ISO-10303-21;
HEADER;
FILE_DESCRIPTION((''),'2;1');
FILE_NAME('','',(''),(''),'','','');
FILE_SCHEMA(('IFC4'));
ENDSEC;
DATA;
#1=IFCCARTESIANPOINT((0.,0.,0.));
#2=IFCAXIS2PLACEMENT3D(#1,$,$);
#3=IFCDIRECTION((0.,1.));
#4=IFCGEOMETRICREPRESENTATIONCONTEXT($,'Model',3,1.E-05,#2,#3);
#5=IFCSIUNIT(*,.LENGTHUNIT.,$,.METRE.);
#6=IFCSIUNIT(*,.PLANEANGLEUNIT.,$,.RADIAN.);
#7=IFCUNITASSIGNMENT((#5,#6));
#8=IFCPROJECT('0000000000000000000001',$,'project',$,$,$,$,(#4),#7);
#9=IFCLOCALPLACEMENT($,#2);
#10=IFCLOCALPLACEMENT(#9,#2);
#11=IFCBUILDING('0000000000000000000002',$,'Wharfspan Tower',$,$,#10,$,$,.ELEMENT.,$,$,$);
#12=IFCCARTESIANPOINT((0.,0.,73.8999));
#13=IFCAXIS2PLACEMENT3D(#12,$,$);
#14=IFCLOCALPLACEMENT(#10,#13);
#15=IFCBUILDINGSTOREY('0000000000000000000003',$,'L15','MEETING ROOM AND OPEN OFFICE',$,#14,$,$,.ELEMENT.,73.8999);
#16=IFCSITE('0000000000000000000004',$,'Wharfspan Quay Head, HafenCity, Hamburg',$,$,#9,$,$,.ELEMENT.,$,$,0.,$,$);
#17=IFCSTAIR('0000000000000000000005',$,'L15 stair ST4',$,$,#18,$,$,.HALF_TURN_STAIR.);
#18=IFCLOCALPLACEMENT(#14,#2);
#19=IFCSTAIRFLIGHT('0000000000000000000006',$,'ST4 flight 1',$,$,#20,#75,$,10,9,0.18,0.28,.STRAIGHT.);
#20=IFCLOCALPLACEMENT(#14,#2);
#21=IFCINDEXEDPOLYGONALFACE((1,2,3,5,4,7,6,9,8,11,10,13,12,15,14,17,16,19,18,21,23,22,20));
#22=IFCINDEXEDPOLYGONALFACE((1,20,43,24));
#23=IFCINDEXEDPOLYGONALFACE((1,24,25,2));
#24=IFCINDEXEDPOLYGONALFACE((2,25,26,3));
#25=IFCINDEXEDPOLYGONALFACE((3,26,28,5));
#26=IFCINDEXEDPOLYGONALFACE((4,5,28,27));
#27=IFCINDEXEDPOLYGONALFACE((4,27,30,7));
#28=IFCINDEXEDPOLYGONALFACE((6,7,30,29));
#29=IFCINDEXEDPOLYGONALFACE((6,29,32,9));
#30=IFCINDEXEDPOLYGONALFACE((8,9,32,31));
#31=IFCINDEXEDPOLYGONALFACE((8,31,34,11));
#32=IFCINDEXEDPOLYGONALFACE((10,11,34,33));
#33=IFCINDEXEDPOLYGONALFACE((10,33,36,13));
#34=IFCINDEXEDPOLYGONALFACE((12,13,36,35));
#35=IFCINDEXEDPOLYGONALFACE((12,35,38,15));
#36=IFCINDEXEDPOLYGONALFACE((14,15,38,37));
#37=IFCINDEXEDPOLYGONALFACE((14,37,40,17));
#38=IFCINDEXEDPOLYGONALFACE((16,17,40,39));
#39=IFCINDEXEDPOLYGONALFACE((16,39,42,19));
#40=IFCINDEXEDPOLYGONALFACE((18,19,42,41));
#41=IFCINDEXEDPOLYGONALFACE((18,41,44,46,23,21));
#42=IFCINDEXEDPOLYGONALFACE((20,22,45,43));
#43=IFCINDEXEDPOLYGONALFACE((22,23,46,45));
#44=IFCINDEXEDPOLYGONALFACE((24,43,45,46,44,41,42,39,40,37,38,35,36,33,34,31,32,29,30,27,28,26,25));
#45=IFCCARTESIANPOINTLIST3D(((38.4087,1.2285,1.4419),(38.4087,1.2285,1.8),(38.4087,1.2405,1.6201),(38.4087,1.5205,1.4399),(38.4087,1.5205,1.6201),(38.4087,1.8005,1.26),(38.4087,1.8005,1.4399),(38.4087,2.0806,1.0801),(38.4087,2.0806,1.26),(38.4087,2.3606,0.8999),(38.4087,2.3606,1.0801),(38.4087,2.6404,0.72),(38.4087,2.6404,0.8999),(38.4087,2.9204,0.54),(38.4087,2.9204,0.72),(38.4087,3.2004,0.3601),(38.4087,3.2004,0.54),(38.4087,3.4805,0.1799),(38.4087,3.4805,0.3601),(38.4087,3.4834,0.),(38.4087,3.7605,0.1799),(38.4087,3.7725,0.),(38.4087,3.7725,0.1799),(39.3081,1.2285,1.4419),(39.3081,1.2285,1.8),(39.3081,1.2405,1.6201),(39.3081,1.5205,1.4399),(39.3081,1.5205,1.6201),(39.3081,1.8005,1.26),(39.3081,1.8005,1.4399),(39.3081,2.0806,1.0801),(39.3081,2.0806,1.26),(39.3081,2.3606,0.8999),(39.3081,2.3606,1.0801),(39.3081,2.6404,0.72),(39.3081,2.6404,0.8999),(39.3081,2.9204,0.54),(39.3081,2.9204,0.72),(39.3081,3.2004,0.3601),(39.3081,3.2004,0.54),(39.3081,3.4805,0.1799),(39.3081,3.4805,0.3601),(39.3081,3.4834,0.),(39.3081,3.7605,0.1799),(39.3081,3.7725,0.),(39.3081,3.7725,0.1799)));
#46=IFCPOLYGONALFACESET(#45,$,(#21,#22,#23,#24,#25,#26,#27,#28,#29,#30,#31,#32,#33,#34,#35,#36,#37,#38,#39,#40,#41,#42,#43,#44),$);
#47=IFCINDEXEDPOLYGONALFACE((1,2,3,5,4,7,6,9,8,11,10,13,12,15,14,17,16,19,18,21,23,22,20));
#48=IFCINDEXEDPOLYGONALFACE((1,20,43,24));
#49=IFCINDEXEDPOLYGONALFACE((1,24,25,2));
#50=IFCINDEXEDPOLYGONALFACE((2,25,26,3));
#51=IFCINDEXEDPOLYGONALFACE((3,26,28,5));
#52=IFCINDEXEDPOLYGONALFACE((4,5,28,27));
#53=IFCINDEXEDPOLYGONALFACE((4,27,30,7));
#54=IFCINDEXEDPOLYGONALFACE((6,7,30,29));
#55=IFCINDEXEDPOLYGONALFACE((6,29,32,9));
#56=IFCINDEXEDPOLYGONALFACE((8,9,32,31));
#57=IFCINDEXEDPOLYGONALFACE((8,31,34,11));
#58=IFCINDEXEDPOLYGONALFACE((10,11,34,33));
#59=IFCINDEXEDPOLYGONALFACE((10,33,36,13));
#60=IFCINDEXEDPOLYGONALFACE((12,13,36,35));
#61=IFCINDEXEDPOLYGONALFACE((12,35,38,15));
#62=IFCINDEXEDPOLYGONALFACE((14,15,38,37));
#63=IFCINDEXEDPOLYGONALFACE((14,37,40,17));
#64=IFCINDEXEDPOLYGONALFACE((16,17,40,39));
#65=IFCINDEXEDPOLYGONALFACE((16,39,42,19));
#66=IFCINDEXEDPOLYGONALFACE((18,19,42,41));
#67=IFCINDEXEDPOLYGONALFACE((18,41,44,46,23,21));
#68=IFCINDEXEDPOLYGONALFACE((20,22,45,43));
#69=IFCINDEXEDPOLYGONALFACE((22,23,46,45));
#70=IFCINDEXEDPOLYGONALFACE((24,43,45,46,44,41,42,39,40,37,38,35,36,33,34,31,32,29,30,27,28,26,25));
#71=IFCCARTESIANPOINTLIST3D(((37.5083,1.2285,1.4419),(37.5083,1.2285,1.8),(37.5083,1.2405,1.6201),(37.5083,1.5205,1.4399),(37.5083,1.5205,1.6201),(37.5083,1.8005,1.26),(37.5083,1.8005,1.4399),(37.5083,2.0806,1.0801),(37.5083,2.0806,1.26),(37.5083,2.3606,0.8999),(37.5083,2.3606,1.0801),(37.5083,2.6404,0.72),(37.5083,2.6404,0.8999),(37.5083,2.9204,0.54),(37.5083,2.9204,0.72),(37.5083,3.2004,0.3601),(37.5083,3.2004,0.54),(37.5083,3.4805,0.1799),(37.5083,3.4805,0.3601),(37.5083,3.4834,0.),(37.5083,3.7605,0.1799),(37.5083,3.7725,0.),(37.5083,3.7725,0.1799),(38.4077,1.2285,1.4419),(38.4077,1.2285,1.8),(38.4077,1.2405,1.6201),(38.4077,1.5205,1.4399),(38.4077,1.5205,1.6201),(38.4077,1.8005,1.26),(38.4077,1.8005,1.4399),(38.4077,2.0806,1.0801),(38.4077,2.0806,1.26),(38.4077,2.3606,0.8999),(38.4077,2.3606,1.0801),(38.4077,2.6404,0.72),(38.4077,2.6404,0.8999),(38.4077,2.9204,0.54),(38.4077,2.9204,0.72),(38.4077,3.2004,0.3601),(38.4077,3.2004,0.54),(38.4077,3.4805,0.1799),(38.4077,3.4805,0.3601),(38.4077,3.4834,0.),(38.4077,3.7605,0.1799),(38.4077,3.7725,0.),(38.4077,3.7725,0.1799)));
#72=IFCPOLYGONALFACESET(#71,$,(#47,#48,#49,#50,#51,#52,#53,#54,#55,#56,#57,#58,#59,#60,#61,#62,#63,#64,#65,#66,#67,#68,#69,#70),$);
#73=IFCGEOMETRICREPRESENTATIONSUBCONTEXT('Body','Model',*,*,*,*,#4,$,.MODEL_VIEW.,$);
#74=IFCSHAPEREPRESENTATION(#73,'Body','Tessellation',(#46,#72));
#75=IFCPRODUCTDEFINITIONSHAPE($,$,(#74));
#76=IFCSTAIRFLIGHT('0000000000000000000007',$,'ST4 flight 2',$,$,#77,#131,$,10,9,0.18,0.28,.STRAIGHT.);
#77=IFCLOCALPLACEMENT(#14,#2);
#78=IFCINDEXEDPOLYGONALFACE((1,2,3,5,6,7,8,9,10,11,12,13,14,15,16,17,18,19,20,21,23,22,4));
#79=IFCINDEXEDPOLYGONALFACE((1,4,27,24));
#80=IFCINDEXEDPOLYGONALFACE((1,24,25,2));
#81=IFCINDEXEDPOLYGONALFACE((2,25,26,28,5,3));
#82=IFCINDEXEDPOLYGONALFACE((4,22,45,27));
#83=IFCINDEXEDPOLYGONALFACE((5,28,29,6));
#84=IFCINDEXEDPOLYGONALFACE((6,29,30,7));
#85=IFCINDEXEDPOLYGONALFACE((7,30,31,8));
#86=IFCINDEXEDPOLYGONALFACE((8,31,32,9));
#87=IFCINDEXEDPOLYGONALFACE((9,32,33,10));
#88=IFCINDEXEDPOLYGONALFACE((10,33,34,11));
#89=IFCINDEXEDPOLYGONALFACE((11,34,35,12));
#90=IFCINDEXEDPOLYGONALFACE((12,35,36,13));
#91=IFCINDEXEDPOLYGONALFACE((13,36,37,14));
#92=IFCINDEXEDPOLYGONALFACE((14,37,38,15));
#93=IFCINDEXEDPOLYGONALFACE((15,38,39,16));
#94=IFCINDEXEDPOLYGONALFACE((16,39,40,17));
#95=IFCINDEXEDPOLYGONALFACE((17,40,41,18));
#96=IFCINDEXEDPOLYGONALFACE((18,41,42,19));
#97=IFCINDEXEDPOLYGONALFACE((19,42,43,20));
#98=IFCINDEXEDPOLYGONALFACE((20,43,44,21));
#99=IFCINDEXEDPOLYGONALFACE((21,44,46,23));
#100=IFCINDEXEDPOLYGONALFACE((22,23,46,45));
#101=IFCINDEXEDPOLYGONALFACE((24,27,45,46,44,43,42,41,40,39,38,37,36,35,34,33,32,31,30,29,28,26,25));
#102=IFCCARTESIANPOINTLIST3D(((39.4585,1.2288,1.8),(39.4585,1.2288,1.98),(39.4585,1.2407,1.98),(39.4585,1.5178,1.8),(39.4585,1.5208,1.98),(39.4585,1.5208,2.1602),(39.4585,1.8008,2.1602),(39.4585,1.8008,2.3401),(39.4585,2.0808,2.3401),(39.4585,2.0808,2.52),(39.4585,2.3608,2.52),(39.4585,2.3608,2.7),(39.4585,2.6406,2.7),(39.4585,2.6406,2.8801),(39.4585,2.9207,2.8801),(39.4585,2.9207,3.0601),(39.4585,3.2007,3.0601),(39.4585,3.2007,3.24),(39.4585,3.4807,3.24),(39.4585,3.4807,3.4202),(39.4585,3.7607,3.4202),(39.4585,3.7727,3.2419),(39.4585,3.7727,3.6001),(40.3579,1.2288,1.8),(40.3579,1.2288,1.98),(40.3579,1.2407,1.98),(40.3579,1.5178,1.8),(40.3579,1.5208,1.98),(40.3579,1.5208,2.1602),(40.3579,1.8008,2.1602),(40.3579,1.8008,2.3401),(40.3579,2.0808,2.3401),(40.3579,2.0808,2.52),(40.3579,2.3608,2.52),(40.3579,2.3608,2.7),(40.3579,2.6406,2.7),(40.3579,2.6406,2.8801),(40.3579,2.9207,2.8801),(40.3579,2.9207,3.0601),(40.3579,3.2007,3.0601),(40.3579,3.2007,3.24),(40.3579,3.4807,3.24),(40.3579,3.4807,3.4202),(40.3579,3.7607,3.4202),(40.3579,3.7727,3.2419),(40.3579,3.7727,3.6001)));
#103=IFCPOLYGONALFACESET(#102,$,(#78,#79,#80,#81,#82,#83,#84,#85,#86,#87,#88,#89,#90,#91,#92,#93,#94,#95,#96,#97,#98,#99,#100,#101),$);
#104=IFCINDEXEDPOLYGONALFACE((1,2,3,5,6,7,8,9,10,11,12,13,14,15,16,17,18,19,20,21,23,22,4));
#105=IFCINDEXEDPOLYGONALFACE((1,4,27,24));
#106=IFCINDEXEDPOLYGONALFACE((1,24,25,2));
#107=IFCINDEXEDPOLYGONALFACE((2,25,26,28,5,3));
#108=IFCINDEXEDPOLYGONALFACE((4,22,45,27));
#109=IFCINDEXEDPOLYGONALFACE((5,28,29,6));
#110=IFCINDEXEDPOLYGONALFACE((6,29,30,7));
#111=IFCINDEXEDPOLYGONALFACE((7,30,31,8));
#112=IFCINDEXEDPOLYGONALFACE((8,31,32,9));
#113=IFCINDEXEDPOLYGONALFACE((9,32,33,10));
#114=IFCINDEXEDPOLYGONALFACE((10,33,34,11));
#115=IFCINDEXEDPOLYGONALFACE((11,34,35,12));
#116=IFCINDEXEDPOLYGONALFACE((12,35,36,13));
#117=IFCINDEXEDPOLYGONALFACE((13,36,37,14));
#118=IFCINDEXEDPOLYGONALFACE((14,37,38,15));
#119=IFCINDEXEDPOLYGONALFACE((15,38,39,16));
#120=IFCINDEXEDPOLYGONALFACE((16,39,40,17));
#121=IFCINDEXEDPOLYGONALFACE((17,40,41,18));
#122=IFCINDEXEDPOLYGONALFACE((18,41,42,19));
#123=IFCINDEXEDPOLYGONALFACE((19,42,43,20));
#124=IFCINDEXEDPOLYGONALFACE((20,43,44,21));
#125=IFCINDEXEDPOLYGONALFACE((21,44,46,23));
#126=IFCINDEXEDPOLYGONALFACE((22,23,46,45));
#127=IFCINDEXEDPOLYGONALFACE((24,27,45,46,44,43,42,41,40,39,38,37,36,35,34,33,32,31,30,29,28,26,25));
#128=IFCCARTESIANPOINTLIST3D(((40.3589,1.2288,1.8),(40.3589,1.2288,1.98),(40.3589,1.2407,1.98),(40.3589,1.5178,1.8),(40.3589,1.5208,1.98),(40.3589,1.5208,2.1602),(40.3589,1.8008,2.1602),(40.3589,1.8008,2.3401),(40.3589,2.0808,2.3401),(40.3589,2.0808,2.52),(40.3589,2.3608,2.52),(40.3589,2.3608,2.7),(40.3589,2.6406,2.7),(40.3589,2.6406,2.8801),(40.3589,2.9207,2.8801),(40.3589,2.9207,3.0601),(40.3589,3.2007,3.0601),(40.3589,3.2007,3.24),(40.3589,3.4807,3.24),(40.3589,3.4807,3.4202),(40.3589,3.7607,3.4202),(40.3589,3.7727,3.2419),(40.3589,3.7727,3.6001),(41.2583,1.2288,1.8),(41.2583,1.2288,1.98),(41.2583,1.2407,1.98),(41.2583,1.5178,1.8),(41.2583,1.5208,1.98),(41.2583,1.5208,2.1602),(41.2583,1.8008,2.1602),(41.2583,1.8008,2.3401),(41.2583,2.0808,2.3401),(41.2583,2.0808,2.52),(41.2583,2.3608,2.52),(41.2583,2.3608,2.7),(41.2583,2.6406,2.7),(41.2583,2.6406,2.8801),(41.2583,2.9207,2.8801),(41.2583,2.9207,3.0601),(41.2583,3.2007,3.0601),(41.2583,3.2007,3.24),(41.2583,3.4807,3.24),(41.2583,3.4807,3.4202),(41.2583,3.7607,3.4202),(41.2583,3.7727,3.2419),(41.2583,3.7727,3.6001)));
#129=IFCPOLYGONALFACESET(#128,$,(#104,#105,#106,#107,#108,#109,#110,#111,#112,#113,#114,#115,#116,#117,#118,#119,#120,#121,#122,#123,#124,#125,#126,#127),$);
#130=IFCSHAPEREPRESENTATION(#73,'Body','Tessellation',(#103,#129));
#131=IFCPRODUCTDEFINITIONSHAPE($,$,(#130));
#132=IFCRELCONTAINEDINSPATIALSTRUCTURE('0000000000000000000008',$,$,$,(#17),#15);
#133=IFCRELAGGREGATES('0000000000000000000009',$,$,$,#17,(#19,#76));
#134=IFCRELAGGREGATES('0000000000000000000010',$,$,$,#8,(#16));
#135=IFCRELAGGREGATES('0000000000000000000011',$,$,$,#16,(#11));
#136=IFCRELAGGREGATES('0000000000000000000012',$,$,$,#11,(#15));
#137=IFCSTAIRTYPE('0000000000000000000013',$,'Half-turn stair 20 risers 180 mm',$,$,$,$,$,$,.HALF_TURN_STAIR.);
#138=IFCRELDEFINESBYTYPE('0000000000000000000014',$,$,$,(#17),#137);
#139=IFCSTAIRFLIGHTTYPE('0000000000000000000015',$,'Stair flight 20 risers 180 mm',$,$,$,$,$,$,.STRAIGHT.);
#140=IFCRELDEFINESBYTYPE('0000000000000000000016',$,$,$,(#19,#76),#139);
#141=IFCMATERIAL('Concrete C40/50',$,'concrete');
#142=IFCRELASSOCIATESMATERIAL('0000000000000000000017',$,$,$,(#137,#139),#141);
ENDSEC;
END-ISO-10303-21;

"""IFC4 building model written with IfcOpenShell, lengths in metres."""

from ifc_helpers import new_model, si_unit, direction, frame, origin, place, context, subcontext, project, spatial, polyline, outline, extrude, material, type_object, element, aggregate, save


model = new_model("IFC4")

# Units and contexts
model_context = context("Model", 3, precision=1e-05, world=origin(), true_north=direction((0.0, 1.0)))
body_context = subcontext(model_context, "Body", "Model", "MODEL_VIEW")
ifc_project = project(units=[si_unit("LENGTHUNIT", "METRE"), si_unit("PLANEANGLEUNIT", "RADIAN")], contexts=[model_context])

# Site, building, storey
site_placement = place(None, origin())
site = spatial("IfcSite", under=ifc_project, at=site_placement, Name="Wharfspan Quay Head, HafenCity, Hamburg", CompositionType="ELEMENT", RefElevation=0.0)
building_placement = place(site_placement, origin())
building = spatial("IfcBuilding", under=site, at=building_placement, Name="Wharfspan Tower", CompositionType="ELEMENT")
storey_placement = place(building_placement, frame((0.0, 0.0, 73.8999)))
storey = spatial("IfcBuildingStorey", under=building, at=storey_placement, Name="L15", Description="MEETING ROOM AND OPEN OFFICE", CompositionType="ELEMENT", Elevation=73.8999)

# Stair, stair flights
ifc_material_1 = material(Name="Concrete C40/50", Category="concrete")
stair_type = type_object("IfcStairType", Name="Half-turn stair 20 risers 180 mm", PredefinedType="HALF_TURN_STAIR", material=ifc_material_1)
stair_placement = place(storey_placement, origin())
stair = element("IfcStair", 1, at=stair_placement, inside=storey, type_object=stair_type, Name="L15 stair ST4", PredefinedType="HALF_TURN_STAIR")
stair_flight_type = type_object("IfcStairFlightType", Name="Stair flight 20 risers 180 mm", PredefinedType="STRAIGHT", material=ifc_material_1)
stair_flight_1_placement = place(storey_placement, frame((38.4082, 3.7605, 0.0), z_axis=(0.0, 0.0, 1.0), x_axis=(0.0, -1.0, 0.0)))
stair_flight_1 = element("IfcStairFlight", 2, at=stair_flight_1_placement, type_object=stair_flight_type, Name="ST4 flight 1", NumberOfRisers=10, NumberOfTreads=9, PredefinedType="STRAIGHT", RiserHeight=0.18, TreadLength=0.28, context=body_context, shape_type="SweptSolid", body=[
    extrude(outline(polyline([(-0.012, 0.0), (-0.012, 0.1799), (0.0, 0.1799), (0.28, 0.1799), (0.28, 0.3601), (0.5601, 0.3601), (0.5601, 0.54), (0.8401, 0.54), (0.8401, 0.72), (1.1201, 0.72), (1.1201, 0.8999), (1.3999, 0.8999), (1.3999, 1.0801), (1.6799, 1.0801), (1.6799, 1.26), (1.96, 1.26), (1.96, 1.4399), (2.24, 1.4399), (2.24, 1.6201), (2.52, 1.6201), (2.532, 1.8), (2.532, 1.4419), (0.2771, 0.0), (-0.012, 0.0)])), frame((0.0, 0.8999, 0.0), z_axis=(0.0, -1.0, 0.0), x_axis=(1.0, 0.0, 0.0)), (0.0, 0.0, 1.0), 0.8994),
    extrude(outline(polyline([(-0.012, 0.0), (-0.012, 0.1799), (0.0, 0.1799), (0.28, 0.1799), (0.28, 0.3601), (0.5601, 0.3601), (0.5601, 0.54), (0.8401, 0.54), (0.8401, 0.72), (1.1201, 0.72), (1.1201, 0.8999), (1.3999, 0.8999), (1.3999, 1.0801), (1.6799, 1.0801), (1.6799, 1.26), (1.96, 1.26), (1.96, 1.4399), (2.24, 1.4399), (2.24, 1.6201), (2.52, 1.6201), (2.532, 1.8), (2.532, 1.4419), (0.2771, 0.0), (-0.012, 0.0)])), frame((0.0, -0.0005, 0.0), z_axis=(0.0, -1.0, 0.0), x_axis=(1.0, 0.0, 0.0)), (0.0, 0.0, 1.0), 0.8994),
])
stair_flight_2_placement = place(storey_placement, frame((40.3584, 1.2407, 1.8), z_axis=(0.0, 0.0, 1.0), x_axis=(0.0, 1.0, 0.0)))
stair_flight_2 = element("IfcStairFlight", 3, at=stair_flight_2_placement, type_object=stair_flight_type, Name="ST4 flight 2", NumberOfRisers=10, NumberOfTreads=9, PredefinedType="STRAIGHT", RiserHeight=0.18, TreadLength=0.28, context=body_context, shape_type="SweptSolid", body=[
    extrude(outline(polyline([(-0.012, 0.0), (-0.012, 0.1799), (0.0, 0.1799), (0.28, 0.1799), (0.28, 0.3601), (0.5601, 0.3601), (0.5601, 0.54), (0.8401, 0.54), (0.8401, 0.72), (1.1201, 0.72), (1.1201, 0.8999), (1.3999, 0.8999), (1.3999, 1.0801), (1.6799, 1.0801), (1.6799, 1.26), (1.96, 1.26), (1.96, 1.4399), (2.24, 1.4399), (2.24, 1.6201), (2.52, 1.6201), (2.532, 1.8), (2.532, 1.4419), (0.2771, 0.0), (-0.012, 0.0)])), frame((0.0, 0.8999, 0.0), z_axis=(0.0, -1.0, 0.0), x_axis=(1.0, 0.0, 0.0)), (0.0, 0.0, 1.0), 0.8994),
    extrude(outline(polyline([(-0.012, 0.0), (-0.012, 0.1799), (0.0, 0.1799), (0.28, 0.1799), (0.28, 0.3601), (0.5601, 0.3601), (0.5601, 0.54), (0.8401, 0.54), (0.8401, 0.72), (1.1201, 0.72), (1.1201, 0.8999), (1.3999, 0.8999), (1.3999, 1.0801), (1.6799, 1.0801), (1.6799, 1.26), (1.96, 1.26), (1.96, 1.4399), (2.24, 1.4399), (2.24, 1.6201), (2.52, 1.6201), (2.532, 1.8), (2.532, 1.4419), (0.2771, 0.0), (-0.012, 0.0)])), frame((0.0, -0.0005, 0.0), z_axis=(0.0, -1.0, 0.0), x_axis=(1.0, 0.0, 0.0)), (0.0, 0.0, 1.0), 0.8994),
])
aggregate(stair, [stair_flight_1, stair_flight_2])

save(model, "model.ifc")
